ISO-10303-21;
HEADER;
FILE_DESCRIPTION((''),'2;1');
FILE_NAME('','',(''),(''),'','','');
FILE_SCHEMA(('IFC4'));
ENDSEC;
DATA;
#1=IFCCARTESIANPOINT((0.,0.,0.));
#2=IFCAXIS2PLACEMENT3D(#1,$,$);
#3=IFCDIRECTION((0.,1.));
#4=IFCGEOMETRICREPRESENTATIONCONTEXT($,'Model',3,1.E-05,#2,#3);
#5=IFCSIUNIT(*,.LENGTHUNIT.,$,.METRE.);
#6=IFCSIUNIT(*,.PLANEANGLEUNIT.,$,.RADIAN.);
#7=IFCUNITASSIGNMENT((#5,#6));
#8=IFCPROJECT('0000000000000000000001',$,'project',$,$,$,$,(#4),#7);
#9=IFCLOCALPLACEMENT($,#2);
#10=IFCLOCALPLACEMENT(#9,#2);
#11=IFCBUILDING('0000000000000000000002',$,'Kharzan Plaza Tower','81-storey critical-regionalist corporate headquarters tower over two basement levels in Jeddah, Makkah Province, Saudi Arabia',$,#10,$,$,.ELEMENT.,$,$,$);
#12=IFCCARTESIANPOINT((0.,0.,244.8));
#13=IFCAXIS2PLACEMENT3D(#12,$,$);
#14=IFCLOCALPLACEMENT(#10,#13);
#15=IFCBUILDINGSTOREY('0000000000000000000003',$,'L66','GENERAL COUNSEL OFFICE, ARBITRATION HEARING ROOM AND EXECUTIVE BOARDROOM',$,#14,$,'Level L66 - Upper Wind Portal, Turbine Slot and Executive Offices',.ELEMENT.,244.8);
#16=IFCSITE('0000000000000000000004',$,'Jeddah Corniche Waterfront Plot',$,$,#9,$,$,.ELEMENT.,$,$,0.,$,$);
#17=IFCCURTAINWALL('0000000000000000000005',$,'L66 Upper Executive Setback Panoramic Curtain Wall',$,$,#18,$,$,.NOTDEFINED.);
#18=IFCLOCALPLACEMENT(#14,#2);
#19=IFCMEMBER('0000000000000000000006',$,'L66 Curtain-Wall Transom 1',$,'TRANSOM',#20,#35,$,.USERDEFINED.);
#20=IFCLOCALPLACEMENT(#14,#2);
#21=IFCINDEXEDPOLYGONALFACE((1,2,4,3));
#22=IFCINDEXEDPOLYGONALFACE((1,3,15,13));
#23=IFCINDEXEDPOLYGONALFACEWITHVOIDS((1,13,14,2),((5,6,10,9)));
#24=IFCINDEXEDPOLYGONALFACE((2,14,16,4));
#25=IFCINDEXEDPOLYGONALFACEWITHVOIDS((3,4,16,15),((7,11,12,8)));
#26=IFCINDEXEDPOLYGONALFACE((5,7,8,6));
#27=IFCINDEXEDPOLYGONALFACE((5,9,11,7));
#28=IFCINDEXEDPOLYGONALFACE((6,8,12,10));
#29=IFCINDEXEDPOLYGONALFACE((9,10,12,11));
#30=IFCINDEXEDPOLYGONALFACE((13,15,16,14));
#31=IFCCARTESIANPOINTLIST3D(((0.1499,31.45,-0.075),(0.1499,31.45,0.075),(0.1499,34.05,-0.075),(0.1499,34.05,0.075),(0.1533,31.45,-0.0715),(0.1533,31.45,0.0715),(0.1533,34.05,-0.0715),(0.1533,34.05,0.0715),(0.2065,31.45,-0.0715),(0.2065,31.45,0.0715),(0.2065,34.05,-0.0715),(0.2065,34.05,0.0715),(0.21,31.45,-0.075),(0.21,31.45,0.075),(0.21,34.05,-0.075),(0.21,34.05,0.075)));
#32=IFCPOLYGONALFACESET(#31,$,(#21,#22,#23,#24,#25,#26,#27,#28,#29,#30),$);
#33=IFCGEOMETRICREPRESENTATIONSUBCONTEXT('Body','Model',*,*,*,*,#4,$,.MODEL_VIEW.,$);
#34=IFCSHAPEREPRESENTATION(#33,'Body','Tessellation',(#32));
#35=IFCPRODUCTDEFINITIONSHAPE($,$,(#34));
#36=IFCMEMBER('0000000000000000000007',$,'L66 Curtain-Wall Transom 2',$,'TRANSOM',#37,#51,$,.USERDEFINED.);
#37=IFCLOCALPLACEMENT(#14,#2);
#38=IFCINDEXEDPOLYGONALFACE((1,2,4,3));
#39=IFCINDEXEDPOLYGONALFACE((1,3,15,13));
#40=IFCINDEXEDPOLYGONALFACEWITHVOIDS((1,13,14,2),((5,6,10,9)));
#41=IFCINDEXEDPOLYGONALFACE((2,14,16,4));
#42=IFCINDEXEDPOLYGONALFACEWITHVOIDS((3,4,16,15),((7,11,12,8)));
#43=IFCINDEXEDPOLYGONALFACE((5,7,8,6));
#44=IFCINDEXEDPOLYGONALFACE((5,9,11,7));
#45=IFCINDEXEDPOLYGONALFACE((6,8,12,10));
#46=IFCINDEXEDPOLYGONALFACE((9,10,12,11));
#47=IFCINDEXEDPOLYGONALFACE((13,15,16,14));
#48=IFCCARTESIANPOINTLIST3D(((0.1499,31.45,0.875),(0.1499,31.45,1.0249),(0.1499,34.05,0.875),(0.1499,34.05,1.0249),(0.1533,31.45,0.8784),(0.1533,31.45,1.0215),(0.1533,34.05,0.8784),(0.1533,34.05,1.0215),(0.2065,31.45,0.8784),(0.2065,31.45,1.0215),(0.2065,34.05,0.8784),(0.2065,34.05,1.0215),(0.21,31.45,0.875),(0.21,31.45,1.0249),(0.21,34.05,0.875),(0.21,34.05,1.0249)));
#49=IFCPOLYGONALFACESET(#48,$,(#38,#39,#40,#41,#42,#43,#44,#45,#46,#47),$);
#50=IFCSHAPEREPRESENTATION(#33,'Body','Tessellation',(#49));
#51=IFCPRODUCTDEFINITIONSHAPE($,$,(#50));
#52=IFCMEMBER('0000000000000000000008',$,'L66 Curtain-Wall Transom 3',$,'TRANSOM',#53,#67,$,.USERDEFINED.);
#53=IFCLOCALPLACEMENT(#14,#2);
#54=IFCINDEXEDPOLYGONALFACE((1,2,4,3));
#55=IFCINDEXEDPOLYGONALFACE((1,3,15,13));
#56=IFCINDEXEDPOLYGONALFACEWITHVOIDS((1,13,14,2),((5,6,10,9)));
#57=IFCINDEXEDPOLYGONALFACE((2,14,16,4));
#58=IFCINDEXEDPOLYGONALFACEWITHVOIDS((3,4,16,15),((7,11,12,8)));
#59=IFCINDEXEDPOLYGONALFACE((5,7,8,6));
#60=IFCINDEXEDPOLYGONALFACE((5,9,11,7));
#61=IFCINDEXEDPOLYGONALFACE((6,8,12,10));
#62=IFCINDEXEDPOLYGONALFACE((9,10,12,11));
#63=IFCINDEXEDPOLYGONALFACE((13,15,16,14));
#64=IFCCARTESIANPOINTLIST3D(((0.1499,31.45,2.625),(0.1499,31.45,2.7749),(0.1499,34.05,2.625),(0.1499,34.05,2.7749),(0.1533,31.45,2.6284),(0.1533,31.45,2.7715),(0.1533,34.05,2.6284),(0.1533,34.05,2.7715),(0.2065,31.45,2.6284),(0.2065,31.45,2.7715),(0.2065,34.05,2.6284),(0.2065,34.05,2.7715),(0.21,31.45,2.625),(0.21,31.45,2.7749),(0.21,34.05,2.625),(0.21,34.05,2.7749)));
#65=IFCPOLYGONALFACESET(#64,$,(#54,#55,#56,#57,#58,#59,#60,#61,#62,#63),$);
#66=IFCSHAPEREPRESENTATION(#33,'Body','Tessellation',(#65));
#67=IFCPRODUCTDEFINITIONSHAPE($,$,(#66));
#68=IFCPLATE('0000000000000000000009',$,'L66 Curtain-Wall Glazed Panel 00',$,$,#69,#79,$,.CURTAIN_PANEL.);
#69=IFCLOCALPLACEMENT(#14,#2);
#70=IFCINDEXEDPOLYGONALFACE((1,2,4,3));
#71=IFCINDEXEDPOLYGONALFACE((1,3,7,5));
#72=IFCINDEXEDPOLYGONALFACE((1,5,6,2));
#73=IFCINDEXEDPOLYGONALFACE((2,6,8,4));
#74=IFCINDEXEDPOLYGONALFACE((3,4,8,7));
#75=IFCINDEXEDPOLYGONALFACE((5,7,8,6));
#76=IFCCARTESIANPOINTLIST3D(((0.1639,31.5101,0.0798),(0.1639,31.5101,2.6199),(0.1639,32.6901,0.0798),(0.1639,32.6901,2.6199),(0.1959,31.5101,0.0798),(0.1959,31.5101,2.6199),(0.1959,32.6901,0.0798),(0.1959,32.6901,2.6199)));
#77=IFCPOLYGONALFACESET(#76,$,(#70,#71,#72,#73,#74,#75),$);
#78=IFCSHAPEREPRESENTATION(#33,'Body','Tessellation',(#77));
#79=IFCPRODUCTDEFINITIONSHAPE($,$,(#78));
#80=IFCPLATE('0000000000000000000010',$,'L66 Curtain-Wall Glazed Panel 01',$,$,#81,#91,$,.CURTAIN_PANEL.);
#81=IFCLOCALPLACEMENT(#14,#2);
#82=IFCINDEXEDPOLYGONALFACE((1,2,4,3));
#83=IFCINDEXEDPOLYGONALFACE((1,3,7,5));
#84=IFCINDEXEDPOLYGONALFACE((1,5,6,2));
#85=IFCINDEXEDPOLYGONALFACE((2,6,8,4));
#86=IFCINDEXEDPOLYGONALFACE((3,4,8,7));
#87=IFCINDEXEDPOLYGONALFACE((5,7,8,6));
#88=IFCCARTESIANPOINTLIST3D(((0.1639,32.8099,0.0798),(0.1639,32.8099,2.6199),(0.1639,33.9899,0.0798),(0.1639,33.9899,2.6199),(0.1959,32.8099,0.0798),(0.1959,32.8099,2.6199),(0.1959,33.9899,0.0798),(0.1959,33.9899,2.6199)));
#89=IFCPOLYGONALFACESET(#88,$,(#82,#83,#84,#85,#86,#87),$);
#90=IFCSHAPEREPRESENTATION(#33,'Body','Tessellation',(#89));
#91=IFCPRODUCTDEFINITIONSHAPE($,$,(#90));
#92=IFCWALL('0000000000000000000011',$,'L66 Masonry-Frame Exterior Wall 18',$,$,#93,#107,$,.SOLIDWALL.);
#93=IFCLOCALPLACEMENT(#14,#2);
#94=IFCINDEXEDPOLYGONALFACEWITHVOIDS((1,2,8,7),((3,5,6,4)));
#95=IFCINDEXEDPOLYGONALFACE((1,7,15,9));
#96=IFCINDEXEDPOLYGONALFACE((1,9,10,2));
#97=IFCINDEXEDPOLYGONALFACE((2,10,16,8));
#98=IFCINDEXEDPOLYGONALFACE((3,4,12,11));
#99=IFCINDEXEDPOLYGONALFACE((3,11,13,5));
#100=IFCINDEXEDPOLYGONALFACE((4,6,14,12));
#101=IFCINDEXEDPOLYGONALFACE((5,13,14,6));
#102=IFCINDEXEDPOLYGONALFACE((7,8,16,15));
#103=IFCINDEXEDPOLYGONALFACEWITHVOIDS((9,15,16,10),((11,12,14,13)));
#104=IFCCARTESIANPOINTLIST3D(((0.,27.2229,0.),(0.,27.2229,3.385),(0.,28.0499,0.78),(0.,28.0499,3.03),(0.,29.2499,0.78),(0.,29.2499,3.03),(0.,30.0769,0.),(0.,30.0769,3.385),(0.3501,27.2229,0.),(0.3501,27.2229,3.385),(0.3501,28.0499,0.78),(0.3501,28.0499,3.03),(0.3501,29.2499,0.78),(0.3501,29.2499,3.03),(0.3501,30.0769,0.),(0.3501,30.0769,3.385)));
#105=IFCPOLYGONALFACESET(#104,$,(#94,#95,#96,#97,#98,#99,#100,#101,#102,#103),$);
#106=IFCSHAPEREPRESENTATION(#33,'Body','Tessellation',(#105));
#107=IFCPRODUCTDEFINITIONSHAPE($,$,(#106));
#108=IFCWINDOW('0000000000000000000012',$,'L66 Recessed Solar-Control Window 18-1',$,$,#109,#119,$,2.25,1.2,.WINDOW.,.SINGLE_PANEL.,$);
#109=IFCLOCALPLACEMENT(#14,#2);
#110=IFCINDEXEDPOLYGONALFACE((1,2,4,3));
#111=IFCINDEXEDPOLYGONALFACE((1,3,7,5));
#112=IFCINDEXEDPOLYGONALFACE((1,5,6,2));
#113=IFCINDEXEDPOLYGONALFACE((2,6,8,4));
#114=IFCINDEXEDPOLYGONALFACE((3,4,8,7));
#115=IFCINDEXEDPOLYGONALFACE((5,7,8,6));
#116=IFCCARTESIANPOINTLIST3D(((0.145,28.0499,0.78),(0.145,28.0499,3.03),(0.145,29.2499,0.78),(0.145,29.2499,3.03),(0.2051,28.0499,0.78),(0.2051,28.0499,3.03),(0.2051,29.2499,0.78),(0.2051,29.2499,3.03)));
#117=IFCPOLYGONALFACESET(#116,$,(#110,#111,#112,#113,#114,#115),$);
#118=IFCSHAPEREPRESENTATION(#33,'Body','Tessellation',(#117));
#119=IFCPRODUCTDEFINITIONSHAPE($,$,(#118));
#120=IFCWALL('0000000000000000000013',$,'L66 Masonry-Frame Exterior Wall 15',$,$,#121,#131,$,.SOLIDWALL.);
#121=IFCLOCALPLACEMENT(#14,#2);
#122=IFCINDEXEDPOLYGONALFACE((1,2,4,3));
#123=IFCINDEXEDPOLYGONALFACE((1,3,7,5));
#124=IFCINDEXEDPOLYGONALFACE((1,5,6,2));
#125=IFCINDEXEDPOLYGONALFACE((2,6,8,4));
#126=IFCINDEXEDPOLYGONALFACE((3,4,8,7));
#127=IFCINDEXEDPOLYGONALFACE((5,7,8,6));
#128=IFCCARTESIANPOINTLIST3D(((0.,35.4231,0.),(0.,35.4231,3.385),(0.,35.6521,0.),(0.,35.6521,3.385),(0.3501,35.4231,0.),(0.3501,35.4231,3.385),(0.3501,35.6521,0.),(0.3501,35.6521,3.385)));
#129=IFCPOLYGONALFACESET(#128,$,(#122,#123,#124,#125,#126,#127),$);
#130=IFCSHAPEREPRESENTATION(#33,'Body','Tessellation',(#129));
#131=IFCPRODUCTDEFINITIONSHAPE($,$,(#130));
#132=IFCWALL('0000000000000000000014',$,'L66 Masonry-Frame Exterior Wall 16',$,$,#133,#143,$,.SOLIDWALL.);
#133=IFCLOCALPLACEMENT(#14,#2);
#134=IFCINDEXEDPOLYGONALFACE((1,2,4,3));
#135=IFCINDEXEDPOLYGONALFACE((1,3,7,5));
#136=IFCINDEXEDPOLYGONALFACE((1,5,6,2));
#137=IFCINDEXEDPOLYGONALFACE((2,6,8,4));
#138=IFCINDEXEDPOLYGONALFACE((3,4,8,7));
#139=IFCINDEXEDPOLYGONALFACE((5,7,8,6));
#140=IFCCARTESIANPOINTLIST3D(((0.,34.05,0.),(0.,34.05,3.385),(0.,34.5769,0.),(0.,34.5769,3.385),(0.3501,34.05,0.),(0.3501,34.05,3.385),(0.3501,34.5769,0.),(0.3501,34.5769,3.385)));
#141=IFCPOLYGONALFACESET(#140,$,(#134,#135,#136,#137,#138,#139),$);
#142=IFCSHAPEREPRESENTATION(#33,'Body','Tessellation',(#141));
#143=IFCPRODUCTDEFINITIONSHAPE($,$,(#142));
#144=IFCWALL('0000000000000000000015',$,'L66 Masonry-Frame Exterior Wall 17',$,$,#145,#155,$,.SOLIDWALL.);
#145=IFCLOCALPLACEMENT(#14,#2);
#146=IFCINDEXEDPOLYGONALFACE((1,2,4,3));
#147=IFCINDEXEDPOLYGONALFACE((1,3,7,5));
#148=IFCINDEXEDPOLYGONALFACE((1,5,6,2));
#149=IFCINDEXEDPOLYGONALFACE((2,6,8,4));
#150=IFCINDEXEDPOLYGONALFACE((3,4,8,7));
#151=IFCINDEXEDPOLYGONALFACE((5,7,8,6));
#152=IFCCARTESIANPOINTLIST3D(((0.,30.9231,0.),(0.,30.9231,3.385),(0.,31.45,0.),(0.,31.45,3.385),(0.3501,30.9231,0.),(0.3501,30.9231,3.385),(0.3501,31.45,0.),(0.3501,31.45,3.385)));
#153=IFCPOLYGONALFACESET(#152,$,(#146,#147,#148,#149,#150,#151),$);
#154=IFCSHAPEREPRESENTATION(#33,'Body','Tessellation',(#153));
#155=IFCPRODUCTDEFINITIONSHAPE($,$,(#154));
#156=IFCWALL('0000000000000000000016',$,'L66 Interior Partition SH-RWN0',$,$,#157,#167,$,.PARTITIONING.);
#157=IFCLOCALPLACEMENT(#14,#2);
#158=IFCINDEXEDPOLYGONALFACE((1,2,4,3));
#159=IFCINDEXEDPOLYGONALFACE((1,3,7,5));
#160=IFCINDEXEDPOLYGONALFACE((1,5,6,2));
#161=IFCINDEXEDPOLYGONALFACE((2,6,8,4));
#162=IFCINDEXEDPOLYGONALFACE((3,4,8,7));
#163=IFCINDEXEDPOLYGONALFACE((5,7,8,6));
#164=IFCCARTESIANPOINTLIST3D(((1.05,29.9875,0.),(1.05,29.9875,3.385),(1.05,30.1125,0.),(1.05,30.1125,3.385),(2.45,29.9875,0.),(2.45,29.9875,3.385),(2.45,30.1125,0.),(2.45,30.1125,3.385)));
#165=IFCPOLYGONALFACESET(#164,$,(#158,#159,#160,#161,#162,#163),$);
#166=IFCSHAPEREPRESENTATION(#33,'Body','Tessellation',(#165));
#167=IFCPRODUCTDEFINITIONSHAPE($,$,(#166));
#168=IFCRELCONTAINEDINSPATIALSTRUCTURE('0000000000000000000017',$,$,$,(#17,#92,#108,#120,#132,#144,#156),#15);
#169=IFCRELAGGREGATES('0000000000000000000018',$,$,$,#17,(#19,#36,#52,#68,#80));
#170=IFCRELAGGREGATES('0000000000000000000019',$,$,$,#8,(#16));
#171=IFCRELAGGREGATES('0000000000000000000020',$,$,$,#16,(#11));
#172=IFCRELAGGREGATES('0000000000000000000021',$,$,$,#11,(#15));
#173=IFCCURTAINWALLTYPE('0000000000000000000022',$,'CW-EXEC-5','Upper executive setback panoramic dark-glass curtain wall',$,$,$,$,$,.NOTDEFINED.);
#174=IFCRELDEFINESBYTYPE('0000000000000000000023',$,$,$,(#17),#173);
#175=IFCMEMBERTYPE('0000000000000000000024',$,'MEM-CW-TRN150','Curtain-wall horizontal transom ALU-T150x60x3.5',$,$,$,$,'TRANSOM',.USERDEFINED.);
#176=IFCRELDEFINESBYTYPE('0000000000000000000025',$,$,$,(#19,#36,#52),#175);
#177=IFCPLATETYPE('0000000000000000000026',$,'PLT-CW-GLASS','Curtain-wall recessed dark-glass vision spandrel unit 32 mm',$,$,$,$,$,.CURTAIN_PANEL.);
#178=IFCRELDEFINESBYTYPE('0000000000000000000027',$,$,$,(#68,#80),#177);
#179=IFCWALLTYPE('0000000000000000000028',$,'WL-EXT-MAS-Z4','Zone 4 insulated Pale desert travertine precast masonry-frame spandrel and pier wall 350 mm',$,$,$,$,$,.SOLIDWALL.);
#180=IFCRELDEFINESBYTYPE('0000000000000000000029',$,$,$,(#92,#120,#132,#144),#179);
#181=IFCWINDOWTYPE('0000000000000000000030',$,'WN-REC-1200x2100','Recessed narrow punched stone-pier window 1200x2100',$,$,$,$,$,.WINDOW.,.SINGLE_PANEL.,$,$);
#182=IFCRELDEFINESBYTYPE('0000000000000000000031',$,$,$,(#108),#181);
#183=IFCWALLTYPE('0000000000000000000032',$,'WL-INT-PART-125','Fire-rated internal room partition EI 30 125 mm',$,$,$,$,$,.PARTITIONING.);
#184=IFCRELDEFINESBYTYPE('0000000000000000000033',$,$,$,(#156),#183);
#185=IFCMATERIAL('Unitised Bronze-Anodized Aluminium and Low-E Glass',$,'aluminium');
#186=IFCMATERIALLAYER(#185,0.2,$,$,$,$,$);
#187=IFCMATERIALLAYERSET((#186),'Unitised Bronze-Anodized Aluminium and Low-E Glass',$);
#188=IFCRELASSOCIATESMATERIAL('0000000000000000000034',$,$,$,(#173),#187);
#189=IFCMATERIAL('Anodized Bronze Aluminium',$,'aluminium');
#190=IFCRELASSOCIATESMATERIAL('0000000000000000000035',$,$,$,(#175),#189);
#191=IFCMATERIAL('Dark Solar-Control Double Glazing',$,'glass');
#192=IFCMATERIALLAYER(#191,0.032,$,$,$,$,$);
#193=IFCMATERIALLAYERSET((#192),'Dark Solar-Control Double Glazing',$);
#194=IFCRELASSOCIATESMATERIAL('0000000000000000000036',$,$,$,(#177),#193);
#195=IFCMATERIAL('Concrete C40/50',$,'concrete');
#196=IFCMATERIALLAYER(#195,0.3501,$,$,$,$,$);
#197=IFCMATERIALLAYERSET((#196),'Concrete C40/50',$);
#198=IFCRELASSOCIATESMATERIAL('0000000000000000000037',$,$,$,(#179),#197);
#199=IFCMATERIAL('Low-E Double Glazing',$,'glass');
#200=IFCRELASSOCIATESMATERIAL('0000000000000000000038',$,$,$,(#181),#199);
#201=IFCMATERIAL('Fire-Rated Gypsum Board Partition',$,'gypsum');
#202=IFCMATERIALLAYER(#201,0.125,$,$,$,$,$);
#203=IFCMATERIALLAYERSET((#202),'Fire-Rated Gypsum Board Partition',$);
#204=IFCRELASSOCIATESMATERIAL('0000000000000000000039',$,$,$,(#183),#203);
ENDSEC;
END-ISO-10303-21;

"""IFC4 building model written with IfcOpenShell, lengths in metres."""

from ifc_helpers import new_model, si_unit, direction, frame, frame_2d, origin, origin_2d, place, context, subcontext, project, spatial, rectangle, hollow_rectangle, extrude, source, transform, mapped, material, layer, layer_set, material_profile, profile_set, type_object, element, fill, aggregate, save


model = new_model("IFC4")

# Units and contexts
model_context = context("Model", 3, precision=1e-05, world=origin(), true_north=direction((0.0, 1.0)))
body_context = subcontext(model_context, "Body", "Model", "MODEL_VIEW")
ifc_project = project(units=[si_unit("LENGTHUNIT", "METRE"), si_unit("PLANEANGLEUNIT", "RADIAN")], contexts=[model_context])

# Site, building, storey
site_placement = place(None, origin())
site = spatial("IfcSite", under=ifc_project, at=site_placement, Name="Jeddah Corniche Waterfront Plot", CompositionType="ELEMENT", RefElevation=0.0)
building_placement = place(site_placement, origin())
building = spatial("IfcBuilding", under=site, at=building_placement, Name="Kharzan Plaza Tower", Description="81-storey critical-regionalist corporate headquarters tower over two basement levels in Jeddah, Makkah Province, Saudi Arabia", CompositionType="ELEMENT")
storey_placement = place(building_placement, frame((0.0, 0.0, 244.8)))
storey = spatial("IfcBuildingStorey", under=building, at=storey_placement, Name="L66", Description="GENERAL COUNSEL OFFICE, ARBITRATION HEARING ROOM AND EXECUTIVE BOARDROOM", LongName="Level L66 - Upper Wind Portal, Turbine Slot and Executive Offices", CompositionType="ELEMENT", Elevation=244.8)

# Curtain wall
ifc_material_1 = material(Name="Unitised Bronze-Anodized Aluminium and Low-E Glass", Category="aluminium")
ifc_layer_1 = layer(ifc_material_1, 0.2)
ifc_layer_set_1 = layer_set([ifc_layer_1], Name="Unitised Bronze-Anodized Aluminium and Low-E Glass")
curtain_wall_type = type_object("IfcCurtainWallType", Name="CW-EXEC-5", Description="Upper executive setback panoramic dark-glass curtain wall", PredefinedType="NOTDEFINED", material=ifc_layer_set_1)
curtain_wall_placement = place(storey_placement, origin())
curtain_wall = element("IfcCurtainWall", 1, at=curtain_wall_placement, inside=storey, type_object=curtain_wall_type, Name="L66 Upper Executive Setback Panoramic Curtain Wall", PredefinedType="NOTDEFINED")
ifc_material_2 = material(Name="Anodized Bronze Aluminium", Category="aluminium")

# Members
ifc_material_profile_1 = material_profile(ifc_material_2, hollow_rectangle(XDim=0.0601, YDim=0.1499, WallThickness=0.0034, at=origin_2d()), Name="ALU-T150x60x3.5")
ifc_profile_set_1 = profile_set([ifc_material_profile_1], Name="Anodized Bronze Aluminium")
member_type_1 = type_object("IfcMemberType", Name="MEM-CW-TRN150", Description="Curtain-wall horizontal transom ALU-T150x60x3.5", ElementType="TRANSOM", PredefinedType="USERDEFINED", material=ifc_profile_set_1)
shared_shape_1 = source(origin(), body_context, "Body", "SweptSolid", [
    extrude(hollow_rectangle(XDim=0.0601, YDim=0.1499, WallThickness=0.0034, at=origin_2d()), origin(), (0.0, 0.0, 1.0), 2.6001),
])
member_1_placement = place(storey_placement, frame((0.1799, 31.45, 0.0), z_axis=(0.0, 1.0, 0.0), x_axis=(-1.0, 0.0, 0.0)))
member_1 = element("IfcMember", 2, at=member_1_placement, type_object=member_type_1, Name="L66 Curtain-Wall Transom 1", ObjectType="TRANSOM", PredefinedType="USERDEFINED", context=body_context, shape_type="MappedRepresentation", body=[
    mapped(shared_shape_1, transform((0.0, 0.0, 0.0), x_axis=(1.0, 0.0, 0.0), y_axis=(0.0, 1.0, 0.0), z_axis=(0.0, 0.0, 1.0))),
])
member_2_placement = place(storey_placement, frame((0.1799, 31.45, 0.95), z_axis=(0.0, 1.0, 0.0), x_axis=(-1.0, 0.0, 0.0)))
member_2 = element("IfcMember", 3, at=member_2_placement, type_object=member_type_1, Name="L66 Curtain-Wall Transom 2", ObjectType="TRANSOM", PredefinedType="USERDEFINED", context=body_context, shape_type="MappedRepresentation", body=[
    mapped(shared_shape_1, transform((0.0, 0.0, 0.0), x_axis=(1.0, 0.0, 0.0), y_axis=(0.0, 1.0, 0.0), z_axis=(0.0, 0.0, 1.0))),
])
member_3_placement = place(storey_placement, frame((0.1799, 31.45, 2.7), z_axis=(0.0, 1.0, 0.0), x_axis=(-1.0, 0.0, 0.0)))
member_3 = element("IfcMember", 4, at=member_3_placement, type_object=member_type_1, Name="L66 Curtain-Wall Transom 3", ObjectType="TRANSOM", PredefinedType="USERDEFINED", context=body_context, shape_type="MappedRepresentation", body=[
    mapped(shared_shape_1, transform((0.0, 0.0, 0.0), x_axis=(1.0, 0.0, 0.0), y_axis=(0.0, 1.0, 0.0), z_axis=(0.0, 0.0, 1.0))),
])

# Plates
ifc_material_3 = material(Name="Dark Solar-Control Double Glazing", Category="glass")
ifc_layer_2 = layer(ifc_material_3, 0.032)
ifc_layer_set_2 = layer_set([ifc_layer_2], Name="Dark Solar-Control Double Glazing")
plate_type = type_object("IfcPlateType", Name="PLT-CW-GLASS", Description="Curtain-wall recessed dark-glass vision spandrel unit 32 mm", PredefinedType="CURTAIN_PANEL", material=ifc_layer_set_2)
shared_shape_2 = source(origin(), body_context, "Body", "SweptSolid", [
    extrude(rectangle(XDim=1.1799, YDim=0.032, at=origin_2d()), origin(), (0.0, 0.0, 1.0), 2.54),
])
plate_1_placement = place(storey_placement, frame((0.1799, 32.1001, 0.0798), z_axis=(0.0, 0.0, 1.0), x_axis=(0.0, 1.0, 0.0)))
plate_1 = element("IfcPlate", 5, at=plate_1_placement, type_object=plate_type, Name="L66 Curtain-Wall Glazed Panel 00", PredefinedType="CURTAIN_PANEL", context=body_context, shape_type="MappedRepresentation", body=[
    mapped(shared_shape_2, transform((0.0, 0.0, 0.0), x_axis=(1.0, 0.0, 0.0), y_axis=(0.0, 1.0, 0.0), z_axis=(0.0, 0.0, 1.0))),
])
plate_2_placement = place(storey_placement, frame((0.1799, 33.3999, 0.0798), z_axis=(0.0, 0.0, 1.0), x_axis=(0.0, 1.0, 0.0)))
plate_2 = element("IfcPlate", 6, at=plate_2_placement, type_object=plate_type, Name="L66 Curtain-Wall Glazed Panel 01", PredefinedType="CURTAIN_PANEL", context=body_context, shape_type="MappedRepresentation", body=[
    mapped(shared_shape_2, transform((0.0, 0.0, 0.0), x_axis=(1.0, 0.0, 0.0), y_axis=(0.0, 1.0, 0.0), z_axis=(0.0, 0.0, 1.0))),
])
aggregate(curtain_wall, [member_1, member_2, member_3, plate_1, plate_2])

# Wall, opening, window
ifc_material_4 = material(Name="Concrete C40/50", Category="concrete")
ifc_layer_3 = layer(ifc_material_4, 0.3501)
ifc_layer_set_3 = layer_set([ifc_layer_3], Name="Concrete C40/50")
wall_type_1 = type_object("IfcWallType", Name="WL-EXT-MAS-Z4", Description="Zone 4 insulated Pale desert travertine precast masonry-frame spandrel and pier wall 350 mm", PredefinedType="SOLIDWALL", material=ifc_layer_set_3)
wall_1_placement = place(storey_placement, frame((0.175, 30.0769, 0.0), z_axis=(0.0, 0.0, 1.0), x_axis=(0.0, -1.0, 0.0)))
wall_1 = element("IfcWall", 7, at=wall_1_placement, inside=storey, type_object=wall_type_1, Name="L66 Masonry-Frame Exterior Wall 18", PredefinedType="SOLIDWALL", context=body_context, shape_type="SweptSolid", body=[
    extrude(rectangle(XDim=2.854, YDim=0.3501, at=frame_2d((1.427, 0.0))), origin(), (0.0, 0.0, 1.0), 3.385),
])
opening_placement = place(wall_1_placement, frame((0.8269, 0.0, 0.78)))
opening = element("IfcOpeningElement", 8, at=opening_placement, cuts=wall_1, PredefinedType="OPENING", context=body_context, shape_type="SweptSolid", body=[
    extrude(rectangle(XDim=1.2, YDim=2.25, at=frame_2d((0.6001, 1.125))), frame((0.0, 0.1851, 0.0), z_axis=(0.0, -1.0, 0.0), x_axis=(1.0, 0.0, 0.0)), (0.0, 0.0, 1.0), 0.3701),
])
ifc_material_5 = material(Name="Low-E Double Glazing", Category="glass")
window_type = type_object("IfcWindowType", Name="WN-REC-1200x2100", Description="Recessed narrow punched stone-pier window 1200x2100", PartitioningType="SINGLE_PANEL", PredefinedType="WINDOW", material=ifc_material_5)
shared_shape_3 = source(origin(), body_context, "Body", "SweptSolid", [
    extrude(rectangle(XDim=1.2, YDim=2.25, at=frame_2d((0.6001, 1.125))), frame((0.0, 0.03, 0.0), z_axis=(0.0, -1.0, 0.0), x_axis=(1.0, 0.0, 0.0)), (0.0, 0.0, 1.0), 0.0601),
])
window_placement = place(opening_placement, origin())
window = element("IfcWindow", 9, at=window_placement, inside=storey, type_object=window_type, Name="L66 Recessed Solar-Control Window 18-1", OverallHeight=2.25, OverallWidth=1.2, PartitioningType="SINGLE_PANEL", PredefinedType="WINDOW", context=body_context, shape_type="MappedRepresentation", body=[
    mapped(shared_shape_3, transform((0.0, 0.0, 0.0), x_axis=(1.0, 0.0, 0.0), y_axis=(0.0, 1.0, 0.0), z_axis=(0.0, 0.0, 1.0))),
])
fill(opening, window)

# Walls
shared_shape_4 = source(origin(), body_context, "Body", "SweptSolid", [
    extrude(rectangle(XDim=0.229, YDim=0.3501, at=frame_2d((0.1145, 0.0))), origin(), (0.0, 0.0, 1.0), 3.385),
])
wall_2_placement = place(storey_placement, frame((0.175, 35.6521, 0.0), z_axis=(0.0, 0.0, 1.0), x_axis=(0.0, -1.0, 0.0)))
element("IfcWall", 10, at=wall_2_placement, inside=storey, type_object=wall_type_1, Name="L66 Masonry-Frame Exterior Wall 15", PredefinedType="SOLIDWALL", context=body_context, shape_type="MappedRepresentation", body=[
    mapped(shared_shape_4, transform((0.0, 0.0, 0.0), x_axis=(1.0, 0.0, 0.0), y_axis=(0.0, 1.0, 0.0), z_axis=(0.0, 0.0, 1.0))),
])
shared_shape_5 = source(origin(), body_context, "Body", "SweptSolid", [
    extrude(rectangle(XDim=0.5269, YDim=0.3501, at=frame_2d((0.2634, 0.0))), origin(), (0.0, 0.0, 1.0), 3.385),
])
for number, where, z_axis, x_axis, name in (
    (11, (0.175, 34.5769, 0.0), (0.0, 0.0, 1.0), (0.0, -1.0, 0.0), "L66 Masonry-Frame Exterior Wall 16"),
    (12, (0.175, 31.45, 0.0), (0.0, 0.0, 1.0), (0.0, -1.0, 0.0), "L66 Masonry-Frame Exterior Wall 17"),
):
    element("IfcWall", number, at=place(storey_placement, frame(where, z_axis=z_axis, x_axis=x_axis)), inside=storey, type_object=wall_type_1, Name=name, PredefinedType="SOLIDWALL", context=body_context, shape_type="MappedRepresentation", body=[
        mapped(shared_shape_5, transform((0.0, 0.0, 0.0), x_axis=(1.0, 0.0, 0.0), y_axis=(0.0, 1.0, 0.0), z_axis=(0.0, 0.0, 1.0))),
    ])
ifc_material_6 = material(Name="Fire-Rated Gypsum Board Partition", Category="gypsum")
ifc_layer_4 = layer(ifc_material_6, 0.125)
ifc_layer_set_4 = layer_set([ifc_layer_4], Name="Fire-Rated Gypsum Board Partition")
wall_type_2 = type_object("IfcWallType", Name="WL-INT-PART-125", Description="Fire-rated internal room partition EI 30 125 mm", PredefinedType="PARTITIONING", material=ifc_layer_set_4)
shared_shape_6 = source(origin(), body_context, "Body", "SweptSolid", [
    extrude(rectangle(XDim=1.3999, YDim=0.125, at=frame_2d((0.7, 0.0))), origin(), (0.0, 0.0, 1.0), 3.385),
])
wall_3_placement = place(storey_placement, frame((1.05, 30.05, 0.0), z_axis=(0.0, 0.0, 1.0), x_axis=(1.0, 0.0, 0.0)))
element("IfcWall", 13, at=wall_3_placement, inside=storey, type_object=wall_type_2, Name="L66 Interior Partition SH-RWN0", PredefinedType="PARTITIONING", context=body_context, shape_type="MappedRepresentation", body=[
    mapped(shared_shape_6, transform((0.0, 0.0, 0.0), x_axis=(1.0, 0.0, 0.0), y_axis=(0.0, 1.0, 0.0), z_axis=(0.0, 0.0, 1.0))),
])

save(model, "model.ifc")
